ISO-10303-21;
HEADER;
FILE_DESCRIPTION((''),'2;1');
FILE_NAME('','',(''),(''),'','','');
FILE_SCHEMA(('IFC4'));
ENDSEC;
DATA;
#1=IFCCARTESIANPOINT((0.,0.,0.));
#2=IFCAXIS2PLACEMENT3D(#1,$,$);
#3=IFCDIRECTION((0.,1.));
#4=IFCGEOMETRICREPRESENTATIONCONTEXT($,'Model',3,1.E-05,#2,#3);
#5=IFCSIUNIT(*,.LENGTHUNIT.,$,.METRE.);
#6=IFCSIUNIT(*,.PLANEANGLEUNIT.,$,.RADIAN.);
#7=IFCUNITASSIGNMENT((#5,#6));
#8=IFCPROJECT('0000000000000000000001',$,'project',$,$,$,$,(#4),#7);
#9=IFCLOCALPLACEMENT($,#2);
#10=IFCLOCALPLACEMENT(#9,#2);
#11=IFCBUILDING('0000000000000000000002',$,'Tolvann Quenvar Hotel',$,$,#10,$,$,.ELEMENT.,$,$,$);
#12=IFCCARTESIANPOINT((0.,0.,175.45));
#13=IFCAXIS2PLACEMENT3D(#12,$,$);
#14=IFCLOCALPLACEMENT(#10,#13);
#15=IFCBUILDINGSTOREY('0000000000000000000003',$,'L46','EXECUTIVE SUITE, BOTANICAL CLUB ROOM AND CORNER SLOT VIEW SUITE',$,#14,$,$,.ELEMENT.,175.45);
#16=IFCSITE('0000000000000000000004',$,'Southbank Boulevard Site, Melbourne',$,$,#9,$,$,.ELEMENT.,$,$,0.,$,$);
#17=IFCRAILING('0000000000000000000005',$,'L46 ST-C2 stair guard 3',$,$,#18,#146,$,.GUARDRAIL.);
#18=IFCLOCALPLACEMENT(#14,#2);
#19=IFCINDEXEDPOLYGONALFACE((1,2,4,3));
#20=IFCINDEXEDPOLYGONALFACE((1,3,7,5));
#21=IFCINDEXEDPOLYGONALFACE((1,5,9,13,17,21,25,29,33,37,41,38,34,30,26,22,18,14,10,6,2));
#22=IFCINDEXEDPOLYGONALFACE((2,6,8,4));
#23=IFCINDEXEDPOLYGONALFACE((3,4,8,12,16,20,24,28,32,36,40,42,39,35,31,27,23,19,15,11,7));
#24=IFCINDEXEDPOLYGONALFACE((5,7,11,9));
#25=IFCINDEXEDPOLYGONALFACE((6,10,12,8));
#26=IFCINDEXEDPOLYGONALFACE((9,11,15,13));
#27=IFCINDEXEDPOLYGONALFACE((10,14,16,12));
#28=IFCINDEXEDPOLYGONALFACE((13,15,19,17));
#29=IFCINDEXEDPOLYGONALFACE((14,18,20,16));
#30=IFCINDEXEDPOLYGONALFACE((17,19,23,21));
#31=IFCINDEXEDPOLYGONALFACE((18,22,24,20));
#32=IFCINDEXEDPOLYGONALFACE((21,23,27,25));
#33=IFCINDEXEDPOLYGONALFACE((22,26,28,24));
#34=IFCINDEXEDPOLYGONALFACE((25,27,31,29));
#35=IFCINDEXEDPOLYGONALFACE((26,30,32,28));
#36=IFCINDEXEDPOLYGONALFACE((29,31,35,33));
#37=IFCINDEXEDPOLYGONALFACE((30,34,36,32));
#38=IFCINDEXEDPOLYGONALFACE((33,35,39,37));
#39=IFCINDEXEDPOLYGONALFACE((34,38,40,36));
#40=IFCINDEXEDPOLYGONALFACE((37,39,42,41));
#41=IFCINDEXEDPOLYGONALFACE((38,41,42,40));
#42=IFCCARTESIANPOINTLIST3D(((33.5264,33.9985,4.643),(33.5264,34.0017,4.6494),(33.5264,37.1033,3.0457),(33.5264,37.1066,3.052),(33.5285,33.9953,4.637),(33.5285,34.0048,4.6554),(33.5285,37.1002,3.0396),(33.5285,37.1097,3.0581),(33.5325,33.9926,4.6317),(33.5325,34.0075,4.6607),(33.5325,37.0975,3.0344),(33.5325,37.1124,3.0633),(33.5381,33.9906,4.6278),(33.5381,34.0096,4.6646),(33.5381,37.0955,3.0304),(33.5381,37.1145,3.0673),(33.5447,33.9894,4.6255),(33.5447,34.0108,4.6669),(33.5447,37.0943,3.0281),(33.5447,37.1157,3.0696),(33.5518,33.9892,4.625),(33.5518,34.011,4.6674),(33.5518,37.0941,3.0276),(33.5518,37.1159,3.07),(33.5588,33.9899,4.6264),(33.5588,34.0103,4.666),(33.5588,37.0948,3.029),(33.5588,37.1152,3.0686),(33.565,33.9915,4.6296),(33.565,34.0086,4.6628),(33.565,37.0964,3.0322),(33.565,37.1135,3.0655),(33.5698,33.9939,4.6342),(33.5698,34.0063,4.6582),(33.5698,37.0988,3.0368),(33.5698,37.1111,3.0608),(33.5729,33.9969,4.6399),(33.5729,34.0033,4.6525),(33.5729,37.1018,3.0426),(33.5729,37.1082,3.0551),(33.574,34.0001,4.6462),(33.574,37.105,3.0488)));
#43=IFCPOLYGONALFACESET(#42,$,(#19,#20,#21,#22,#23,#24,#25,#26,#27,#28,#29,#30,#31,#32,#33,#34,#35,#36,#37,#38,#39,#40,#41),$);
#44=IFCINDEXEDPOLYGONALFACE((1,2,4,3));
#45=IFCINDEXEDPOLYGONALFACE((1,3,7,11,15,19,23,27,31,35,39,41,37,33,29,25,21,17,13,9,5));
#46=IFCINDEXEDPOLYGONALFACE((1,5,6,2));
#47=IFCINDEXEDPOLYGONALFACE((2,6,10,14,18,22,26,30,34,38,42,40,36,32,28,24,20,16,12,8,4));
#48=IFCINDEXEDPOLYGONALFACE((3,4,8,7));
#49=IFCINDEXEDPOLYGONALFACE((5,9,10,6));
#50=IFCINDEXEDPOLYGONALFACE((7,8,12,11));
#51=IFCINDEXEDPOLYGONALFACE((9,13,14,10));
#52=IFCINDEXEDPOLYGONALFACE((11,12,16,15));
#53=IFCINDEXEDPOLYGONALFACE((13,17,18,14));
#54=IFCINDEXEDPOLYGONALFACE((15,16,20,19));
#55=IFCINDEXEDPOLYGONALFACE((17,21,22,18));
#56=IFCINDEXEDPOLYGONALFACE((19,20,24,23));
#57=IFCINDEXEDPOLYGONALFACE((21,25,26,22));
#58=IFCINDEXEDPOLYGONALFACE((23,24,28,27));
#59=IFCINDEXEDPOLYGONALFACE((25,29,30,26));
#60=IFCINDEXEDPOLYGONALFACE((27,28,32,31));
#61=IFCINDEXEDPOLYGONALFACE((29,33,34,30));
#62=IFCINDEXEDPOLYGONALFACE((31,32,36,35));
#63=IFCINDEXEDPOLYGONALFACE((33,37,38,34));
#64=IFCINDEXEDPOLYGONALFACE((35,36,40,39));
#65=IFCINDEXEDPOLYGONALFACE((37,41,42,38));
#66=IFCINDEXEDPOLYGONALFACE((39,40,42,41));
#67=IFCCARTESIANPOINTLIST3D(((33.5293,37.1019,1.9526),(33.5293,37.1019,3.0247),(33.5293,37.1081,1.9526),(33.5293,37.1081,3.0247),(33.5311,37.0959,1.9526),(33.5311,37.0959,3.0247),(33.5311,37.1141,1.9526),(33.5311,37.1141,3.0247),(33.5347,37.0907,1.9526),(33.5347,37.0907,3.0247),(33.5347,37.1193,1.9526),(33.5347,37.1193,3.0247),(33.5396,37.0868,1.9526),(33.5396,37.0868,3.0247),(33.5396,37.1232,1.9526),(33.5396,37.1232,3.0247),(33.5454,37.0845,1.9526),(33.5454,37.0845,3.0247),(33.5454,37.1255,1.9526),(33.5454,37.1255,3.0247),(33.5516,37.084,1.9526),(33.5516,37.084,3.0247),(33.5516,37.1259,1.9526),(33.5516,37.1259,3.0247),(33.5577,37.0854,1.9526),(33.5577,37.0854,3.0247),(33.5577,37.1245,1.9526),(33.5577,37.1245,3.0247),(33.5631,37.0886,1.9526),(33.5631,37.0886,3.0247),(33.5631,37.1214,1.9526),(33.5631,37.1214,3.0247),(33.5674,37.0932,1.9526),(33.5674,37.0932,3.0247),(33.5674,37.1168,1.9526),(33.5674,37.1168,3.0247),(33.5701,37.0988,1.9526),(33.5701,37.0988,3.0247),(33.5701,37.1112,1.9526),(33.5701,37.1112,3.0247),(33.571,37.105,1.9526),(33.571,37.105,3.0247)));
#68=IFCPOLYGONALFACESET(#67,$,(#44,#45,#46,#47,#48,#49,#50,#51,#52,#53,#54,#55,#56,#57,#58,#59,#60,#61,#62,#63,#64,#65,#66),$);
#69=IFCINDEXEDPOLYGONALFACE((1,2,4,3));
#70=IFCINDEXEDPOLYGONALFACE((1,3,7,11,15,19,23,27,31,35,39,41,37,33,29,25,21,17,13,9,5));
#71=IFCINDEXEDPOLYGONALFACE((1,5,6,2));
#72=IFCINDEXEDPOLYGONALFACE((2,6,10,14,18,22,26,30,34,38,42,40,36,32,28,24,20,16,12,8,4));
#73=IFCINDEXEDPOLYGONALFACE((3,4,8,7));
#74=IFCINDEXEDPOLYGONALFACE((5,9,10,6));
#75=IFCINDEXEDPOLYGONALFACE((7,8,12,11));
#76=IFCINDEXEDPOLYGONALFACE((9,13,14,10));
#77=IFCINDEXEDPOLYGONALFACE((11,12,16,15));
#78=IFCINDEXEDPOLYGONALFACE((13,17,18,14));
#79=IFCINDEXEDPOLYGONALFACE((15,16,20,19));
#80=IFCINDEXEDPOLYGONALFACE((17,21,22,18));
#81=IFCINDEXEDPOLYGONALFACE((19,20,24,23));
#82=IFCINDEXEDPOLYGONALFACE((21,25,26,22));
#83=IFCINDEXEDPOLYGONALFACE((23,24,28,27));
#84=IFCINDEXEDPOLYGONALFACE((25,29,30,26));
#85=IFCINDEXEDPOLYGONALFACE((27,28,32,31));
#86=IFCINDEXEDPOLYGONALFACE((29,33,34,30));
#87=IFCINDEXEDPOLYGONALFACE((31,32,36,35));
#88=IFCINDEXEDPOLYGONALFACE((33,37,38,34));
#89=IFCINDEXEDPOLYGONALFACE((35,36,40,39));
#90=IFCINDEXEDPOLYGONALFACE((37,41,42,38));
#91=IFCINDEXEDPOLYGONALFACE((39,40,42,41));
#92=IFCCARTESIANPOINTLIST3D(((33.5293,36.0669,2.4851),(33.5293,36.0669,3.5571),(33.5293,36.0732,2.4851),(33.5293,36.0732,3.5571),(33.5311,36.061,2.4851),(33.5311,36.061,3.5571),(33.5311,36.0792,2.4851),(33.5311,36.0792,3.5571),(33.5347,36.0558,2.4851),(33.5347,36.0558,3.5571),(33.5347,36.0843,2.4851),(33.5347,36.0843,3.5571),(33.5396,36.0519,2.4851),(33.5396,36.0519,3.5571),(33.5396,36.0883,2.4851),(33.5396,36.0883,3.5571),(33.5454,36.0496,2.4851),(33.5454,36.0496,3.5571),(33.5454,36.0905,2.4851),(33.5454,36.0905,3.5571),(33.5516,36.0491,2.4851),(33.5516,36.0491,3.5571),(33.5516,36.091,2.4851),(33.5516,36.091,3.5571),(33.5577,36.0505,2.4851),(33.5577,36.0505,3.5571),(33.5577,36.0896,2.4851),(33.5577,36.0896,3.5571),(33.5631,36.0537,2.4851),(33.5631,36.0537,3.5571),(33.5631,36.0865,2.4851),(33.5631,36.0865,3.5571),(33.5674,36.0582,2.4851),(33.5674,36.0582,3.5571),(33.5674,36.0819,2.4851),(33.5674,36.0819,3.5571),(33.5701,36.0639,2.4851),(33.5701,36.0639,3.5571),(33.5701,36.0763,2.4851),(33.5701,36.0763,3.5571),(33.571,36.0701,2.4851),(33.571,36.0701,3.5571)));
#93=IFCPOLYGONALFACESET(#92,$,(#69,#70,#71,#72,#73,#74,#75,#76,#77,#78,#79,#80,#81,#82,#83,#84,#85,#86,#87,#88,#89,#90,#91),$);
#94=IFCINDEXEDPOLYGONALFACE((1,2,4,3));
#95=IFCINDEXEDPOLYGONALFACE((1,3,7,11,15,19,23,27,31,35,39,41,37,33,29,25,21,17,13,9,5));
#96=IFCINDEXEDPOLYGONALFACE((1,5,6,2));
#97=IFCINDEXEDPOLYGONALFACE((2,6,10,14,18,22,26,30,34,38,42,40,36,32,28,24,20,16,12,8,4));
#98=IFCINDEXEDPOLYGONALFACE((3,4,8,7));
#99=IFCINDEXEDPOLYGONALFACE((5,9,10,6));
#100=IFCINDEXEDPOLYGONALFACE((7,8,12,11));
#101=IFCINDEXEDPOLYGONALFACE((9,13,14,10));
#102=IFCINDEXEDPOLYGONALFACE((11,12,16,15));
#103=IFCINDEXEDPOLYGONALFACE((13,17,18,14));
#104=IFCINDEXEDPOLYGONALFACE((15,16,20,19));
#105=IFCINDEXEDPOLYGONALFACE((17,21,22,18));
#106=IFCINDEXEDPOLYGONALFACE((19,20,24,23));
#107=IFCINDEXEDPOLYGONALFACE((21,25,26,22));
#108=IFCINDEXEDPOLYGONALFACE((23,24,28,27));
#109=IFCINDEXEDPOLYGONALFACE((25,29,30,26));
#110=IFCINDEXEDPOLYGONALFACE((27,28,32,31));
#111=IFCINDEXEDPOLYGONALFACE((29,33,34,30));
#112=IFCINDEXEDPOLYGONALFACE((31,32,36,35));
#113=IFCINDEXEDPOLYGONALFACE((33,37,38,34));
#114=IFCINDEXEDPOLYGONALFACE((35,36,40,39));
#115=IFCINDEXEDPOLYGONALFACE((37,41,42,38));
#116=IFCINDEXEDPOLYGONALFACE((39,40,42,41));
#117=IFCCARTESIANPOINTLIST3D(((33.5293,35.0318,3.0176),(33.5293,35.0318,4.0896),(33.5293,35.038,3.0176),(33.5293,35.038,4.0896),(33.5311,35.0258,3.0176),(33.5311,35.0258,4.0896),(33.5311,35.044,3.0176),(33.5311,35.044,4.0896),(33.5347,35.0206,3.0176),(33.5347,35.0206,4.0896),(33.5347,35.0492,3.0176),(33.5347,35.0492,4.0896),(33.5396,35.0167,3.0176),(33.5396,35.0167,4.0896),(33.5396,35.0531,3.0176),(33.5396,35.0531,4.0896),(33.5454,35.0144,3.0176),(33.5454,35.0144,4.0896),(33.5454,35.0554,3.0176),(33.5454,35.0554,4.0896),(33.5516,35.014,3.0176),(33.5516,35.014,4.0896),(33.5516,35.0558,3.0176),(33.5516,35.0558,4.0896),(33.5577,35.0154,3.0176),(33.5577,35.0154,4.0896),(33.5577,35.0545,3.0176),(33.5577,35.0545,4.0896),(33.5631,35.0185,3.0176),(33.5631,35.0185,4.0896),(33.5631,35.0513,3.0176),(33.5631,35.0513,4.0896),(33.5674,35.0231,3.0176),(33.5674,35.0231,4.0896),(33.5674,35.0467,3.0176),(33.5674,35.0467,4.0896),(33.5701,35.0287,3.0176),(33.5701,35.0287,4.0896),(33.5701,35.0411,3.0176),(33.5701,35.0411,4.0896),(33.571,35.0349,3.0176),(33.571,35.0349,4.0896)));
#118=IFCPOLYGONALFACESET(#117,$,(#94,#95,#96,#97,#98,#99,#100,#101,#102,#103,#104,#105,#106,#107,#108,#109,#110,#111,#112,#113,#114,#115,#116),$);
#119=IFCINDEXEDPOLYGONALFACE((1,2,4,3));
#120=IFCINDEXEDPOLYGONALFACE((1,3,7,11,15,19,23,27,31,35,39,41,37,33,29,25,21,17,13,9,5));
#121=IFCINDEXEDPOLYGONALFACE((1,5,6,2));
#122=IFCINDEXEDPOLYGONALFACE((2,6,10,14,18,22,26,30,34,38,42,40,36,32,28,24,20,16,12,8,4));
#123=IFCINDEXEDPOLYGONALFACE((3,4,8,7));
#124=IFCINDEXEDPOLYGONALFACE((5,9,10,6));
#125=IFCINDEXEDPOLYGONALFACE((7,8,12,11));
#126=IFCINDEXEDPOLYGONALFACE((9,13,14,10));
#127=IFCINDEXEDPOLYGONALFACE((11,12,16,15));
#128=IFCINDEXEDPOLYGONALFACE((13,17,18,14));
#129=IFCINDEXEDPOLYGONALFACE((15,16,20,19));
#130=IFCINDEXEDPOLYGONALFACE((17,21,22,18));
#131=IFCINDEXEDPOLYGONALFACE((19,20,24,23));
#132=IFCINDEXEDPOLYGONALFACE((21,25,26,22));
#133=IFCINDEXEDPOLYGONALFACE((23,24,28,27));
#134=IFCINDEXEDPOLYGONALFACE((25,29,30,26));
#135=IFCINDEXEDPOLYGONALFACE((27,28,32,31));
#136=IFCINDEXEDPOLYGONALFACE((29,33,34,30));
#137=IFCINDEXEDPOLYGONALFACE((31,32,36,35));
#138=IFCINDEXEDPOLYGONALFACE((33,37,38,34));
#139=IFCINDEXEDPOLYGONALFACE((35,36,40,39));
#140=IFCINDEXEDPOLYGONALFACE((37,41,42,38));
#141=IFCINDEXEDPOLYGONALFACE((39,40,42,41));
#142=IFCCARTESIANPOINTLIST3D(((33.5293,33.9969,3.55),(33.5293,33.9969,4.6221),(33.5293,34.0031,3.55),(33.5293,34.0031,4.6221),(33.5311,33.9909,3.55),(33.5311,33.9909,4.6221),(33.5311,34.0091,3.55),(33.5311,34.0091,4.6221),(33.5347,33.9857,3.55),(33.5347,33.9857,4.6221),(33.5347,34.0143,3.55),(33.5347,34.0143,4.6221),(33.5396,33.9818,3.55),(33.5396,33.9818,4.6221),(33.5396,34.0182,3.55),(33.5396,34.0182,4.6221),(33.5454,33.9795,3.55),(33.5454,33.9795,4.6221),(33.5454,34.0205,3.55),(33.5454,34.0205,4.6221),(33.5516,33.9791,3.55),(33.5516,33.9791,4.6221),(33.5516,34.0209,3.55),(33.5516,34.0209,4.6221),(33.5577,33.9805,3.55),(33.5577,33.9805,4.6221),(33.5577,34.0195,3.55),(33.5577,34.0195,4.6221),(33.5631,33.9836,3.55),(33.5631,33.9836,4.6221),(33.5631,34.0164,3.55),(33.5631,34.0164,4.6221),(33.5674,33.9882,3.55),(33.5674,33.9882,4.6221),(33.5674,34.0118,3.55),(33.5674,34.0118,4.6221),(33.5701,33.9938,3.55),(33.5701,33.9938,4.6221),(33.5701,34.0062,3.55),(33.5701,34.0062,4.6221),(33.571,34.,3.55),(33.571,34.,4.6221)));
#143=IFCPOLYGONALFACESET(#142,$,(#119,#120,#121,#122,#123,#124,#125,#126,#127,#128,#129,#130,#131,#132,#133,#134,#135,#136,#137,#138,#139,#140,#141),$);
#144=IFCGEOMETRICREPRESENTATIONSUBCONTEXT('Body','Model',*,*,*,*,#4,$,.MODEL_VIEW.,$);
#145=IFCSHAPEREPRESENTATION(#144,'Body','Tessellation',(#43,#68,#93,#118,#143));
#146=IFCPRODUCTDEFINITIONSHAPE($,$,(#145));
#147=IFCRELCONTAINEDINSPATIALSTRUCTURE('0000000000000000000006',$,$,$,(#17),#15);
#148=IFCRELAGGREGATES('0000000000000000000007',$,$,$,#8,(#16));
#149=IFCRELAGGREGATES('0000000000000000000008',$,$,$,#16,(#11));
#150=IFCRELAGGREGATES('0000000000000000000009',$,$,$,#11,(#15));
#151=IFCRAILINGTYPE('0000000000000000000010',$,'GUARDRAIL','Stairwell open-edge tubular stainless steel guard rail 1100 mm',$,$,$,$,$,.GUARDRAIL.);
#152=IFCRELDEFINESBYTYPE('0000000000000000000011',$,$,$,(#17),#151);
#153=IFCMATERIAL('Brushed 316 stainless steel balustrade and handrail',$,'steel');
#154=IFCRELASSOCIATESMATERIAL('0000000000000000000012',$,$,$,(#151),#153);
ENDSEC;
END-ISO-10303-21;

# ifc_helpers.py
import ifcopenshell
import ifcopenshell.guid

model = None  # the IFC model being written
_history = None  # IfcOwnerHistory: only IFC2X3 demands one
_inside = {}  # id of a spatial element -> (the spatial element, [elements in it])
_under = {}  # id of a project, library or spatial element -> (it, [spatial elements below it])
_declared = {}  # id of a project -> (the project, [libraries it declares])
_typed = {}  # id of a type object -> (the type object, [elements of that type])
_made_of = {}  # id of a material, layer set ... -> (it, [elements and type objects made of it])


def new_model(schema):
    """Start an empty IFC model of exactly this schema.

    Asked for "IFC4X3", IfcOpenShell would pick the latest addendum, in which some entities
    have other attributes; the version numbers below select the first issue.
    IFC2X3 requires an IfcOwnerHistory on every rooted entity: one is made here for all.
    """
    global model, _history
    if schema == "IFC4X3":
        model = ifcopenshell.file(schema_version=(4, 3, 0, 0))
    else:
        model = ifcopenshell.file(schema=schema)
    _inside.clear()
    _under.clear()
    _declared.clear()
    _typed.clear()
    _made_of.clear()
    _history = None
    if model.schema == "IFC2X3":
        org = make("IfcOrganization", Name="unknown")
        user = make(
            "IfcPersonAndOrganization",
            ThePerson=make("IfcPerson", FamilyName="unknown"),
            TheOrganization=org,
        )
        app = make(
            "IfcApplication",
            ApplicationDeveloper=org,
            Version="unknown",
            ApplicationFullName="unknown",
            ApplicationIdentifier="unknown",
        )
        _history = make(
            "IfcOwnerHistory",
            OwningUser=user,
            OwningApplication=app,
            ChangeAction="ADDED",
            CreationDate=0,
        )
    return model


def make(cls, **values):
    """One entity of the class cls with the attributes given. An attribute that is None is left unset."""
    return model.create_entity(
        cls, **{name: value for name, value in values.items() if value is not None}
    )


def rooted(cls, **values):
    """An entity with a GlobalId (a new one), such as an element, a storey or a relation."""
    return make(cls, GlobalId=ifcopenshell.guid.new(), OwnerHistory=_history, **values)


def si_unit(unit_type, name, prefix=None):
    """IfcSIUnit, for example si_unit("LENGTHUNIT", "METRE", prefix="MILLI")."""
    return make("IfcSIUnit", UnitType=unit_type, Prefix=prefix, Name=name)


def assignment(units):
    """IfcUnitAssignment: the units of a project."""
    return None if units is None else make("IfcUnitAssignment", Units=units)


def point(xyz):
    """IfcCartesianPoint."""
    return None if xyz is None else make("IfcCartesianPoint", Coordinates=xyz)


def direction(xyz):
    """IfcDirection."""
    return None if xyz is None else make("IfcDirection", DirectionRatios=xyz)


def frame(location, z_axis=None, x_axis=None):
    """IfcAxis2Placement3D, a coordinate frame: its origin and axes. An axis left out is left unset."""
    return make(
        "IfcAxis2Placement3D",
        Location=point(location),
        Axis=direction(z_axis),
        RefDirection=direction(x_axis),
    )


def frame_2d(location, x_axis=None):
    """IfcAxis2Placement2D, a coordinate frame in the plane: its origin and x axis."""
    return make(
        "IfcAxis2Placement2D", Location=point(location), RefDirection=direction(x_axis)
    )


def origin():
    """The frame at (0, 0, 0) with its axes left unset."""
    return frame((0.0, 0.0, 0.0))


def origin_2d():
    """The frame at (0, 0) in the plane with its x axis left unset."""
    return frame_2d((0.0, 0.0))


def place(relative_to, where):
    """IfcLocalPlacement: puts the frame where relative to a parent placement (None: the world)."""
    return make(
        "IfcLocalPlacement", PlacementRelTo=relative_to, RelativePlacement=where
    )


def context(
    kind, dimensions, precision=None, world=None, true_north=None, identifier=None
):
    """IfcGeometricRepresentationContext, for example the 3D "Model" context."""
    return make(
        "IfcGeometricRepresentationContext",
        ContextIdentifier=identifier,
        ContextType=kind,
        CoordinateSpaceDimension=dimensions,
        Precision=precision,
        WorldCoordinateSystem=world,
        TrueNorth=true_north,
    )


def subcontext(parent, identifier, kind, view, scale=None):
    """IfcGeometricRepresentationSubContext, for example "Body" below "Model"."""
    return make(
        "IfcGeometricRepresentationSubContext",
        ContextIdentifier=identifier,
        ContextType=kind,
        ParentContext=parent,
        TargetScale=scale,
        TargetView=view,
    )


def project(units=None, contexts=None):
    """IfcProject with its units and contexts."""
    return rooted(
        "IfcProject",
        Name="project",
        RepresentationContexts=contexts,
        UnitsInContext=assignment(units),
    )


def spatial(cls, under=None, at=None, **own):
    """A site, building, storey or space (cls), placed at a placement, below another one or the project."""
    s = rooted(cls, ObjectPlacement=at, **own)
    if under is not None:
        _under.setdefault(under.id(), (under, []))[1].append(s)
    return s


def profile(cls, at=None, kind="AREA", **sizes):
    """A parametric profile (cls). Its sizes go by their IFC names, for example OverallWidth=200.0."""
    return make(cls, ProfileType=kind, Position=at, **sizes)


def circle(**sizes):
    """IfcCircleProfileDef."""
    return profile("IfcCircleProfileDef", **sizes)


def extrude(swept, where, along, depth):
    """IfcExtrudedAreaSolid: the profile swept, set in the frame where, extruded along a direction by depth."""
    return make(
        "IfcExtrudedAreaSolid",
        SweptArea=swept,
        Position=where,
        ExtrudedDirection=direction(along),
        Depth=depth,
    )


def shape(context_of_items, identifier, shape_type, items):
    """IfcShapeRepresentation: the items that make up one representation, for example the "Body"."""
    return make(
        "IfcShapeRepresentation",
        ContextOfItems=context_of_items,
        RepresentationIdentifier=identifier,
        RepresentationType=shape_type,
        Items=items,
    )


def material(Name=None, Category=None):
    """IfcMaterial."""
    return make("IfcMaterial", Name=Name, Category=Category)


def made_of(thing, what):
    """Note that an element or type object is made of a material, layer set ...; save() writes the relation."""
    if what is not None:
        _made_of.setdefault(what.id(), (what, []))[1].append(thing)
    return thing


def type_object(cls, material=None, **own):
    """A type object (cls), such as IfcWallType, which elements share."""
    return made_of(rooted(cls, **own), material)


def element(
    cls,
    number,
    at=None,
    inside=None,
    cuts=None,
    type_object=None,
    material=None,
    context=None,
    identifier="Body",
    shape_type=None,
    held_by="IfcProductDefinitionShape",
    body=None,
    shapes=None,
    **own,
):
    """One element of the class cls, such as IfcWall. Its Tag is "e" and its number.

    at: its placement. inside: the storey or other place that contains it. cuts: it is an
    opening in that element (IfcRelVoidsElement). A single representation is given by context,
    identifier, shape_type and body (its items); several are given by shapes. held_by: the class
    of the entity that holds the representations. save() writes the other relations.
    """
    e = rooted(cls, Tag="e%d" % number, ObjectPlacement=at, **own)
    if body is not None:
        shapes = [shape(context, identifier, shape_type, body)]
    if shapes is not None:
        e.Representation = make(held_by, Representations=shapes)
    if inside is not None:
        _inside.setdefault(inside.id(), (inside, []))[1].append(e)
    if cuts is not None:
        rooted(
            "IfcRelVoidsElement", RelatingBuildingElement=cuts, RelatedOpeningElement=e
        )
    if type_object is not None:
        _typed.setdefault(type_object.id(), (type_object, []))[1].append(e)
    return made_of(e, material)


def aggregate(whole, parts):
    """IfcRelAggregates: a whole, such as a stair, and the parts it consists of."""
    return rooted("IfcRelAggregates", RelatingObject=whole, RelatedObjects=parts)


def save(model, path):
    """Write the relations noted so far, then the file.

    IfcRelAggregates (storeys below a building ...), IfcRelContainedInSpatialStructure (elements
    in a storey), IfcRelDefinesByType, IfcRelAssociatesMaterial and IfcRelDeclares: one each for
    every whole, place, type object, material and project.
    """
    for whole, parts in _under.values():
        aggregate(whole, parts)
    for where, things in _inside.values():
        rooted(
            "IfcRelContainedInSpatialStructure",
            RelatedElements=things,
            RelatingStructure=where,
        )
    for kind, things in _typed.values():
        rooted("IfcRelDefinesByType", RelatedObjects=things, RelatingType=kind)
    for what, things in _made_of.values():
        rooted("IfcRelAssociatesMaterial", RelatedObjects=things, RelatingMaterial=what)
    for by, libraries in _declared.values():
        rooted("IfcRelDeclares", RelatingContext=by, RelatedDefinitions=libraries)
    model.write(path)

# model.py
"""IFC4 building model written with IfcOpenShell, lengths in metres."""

from ifc_helpers import new_model, si_unit, direction, frame, origin, origin_2d, place, context, subcontext, project, spatial, circle, extrude, material, type_object, element, save


model = new_model("IFC4")

# Units and contexts
model_context = context("Model", 3, precision=1e-05, world=origin(), true_north=direction((0.0, 1.0)))
body_context = subcontext(model_context, "Body", "Model", "MODEL_VIEW")
ifc_project = project(units=[si_unit("LENGTHUNIT", "METRE"), si_unit("PLANEANGLEUNIT", "RADIAN")], contexts=[model_context])

# Site, building, storey
site_placement = place(None, origin())
site = spatial("IfcSite", under=ifc_project, at=site_placement, Name="Southbank Boulevard Site, Melbourne", CompositionType="ELEMENT", RefElevation=0.0)
building_placement = place(site_placement, origin())
building = spatial("IfcBuilding", under=site, at=building_placement, Name="Tolvann Quenvar Hotel", CompositionType="ELEMENT")
storey_placement = place(building_placement, frame((0.0, 0.0, 175.45)))
storey = spatial("IfcBuildingStorey", under=building, at=storey_placement, Name="L46", Description="EXECUTIVE SUITE, BOTANICAL CLUB ROOM AND CORNER SLOT VIEW SUITE", CompositionType="ELEMENT", Elevation=175.45)

# Railing
ifc_material_1 = material(Name="Brushed 316 stainless steel balustrade and handrail", Category="steel")
railing_type_1 = type_object("IfcRailingType", Name="GUARDRAIL", Description="Stairwell open-edge tubular stainless steel guard rail 1100 mm", PredefinedType="GUARDRAIL", material=ifc_material_1)
railing_1_placement = place(storey_placement, frame((33.55, 37.105, 1.9526)))
element("IfcRailing", 1, at=railing_1_placement, inside=storey, type_object=railing_type_1, Name="L46 ST-C2 stair guard 3", PredefinedType="GUARDRAIL", context=body_context, shape_type="SweptSolid", body=[
    extrude(circle(Radius=0.0239, at=origin_2d()), frame((0.0, 0.0, 1.0962), z_axis=(0.0, -0.889222, 0.457476), x_axis=(1.0, 0.0, 0.0)), (0.0, 0.0, 1.0), 3.4917),
    extrude(circle(Radius=0.021, at=origin_2d()), origin(), (0.0, 0.0, 1.0), 1.072),
    extrude(circle(Radius=0.021, at=origin_2d()), frame((0.0, -1.0349, 0.5325)), (0.0, 0.0, 1.0), 1.072),
    extrude(circle(Radius=0.021, at=origin_2d()), frame((0.0, -2.0701, 1.0649)), (0.0, 0.0, 1.0), 1.072),
    extrude(circle(Radius=0.021, at=origin_2d()), frame((0.0, -3.105, 1.5974)), (0.0, 0.0, 1.0), 1.072),
])

save(model, "model.ifc")
